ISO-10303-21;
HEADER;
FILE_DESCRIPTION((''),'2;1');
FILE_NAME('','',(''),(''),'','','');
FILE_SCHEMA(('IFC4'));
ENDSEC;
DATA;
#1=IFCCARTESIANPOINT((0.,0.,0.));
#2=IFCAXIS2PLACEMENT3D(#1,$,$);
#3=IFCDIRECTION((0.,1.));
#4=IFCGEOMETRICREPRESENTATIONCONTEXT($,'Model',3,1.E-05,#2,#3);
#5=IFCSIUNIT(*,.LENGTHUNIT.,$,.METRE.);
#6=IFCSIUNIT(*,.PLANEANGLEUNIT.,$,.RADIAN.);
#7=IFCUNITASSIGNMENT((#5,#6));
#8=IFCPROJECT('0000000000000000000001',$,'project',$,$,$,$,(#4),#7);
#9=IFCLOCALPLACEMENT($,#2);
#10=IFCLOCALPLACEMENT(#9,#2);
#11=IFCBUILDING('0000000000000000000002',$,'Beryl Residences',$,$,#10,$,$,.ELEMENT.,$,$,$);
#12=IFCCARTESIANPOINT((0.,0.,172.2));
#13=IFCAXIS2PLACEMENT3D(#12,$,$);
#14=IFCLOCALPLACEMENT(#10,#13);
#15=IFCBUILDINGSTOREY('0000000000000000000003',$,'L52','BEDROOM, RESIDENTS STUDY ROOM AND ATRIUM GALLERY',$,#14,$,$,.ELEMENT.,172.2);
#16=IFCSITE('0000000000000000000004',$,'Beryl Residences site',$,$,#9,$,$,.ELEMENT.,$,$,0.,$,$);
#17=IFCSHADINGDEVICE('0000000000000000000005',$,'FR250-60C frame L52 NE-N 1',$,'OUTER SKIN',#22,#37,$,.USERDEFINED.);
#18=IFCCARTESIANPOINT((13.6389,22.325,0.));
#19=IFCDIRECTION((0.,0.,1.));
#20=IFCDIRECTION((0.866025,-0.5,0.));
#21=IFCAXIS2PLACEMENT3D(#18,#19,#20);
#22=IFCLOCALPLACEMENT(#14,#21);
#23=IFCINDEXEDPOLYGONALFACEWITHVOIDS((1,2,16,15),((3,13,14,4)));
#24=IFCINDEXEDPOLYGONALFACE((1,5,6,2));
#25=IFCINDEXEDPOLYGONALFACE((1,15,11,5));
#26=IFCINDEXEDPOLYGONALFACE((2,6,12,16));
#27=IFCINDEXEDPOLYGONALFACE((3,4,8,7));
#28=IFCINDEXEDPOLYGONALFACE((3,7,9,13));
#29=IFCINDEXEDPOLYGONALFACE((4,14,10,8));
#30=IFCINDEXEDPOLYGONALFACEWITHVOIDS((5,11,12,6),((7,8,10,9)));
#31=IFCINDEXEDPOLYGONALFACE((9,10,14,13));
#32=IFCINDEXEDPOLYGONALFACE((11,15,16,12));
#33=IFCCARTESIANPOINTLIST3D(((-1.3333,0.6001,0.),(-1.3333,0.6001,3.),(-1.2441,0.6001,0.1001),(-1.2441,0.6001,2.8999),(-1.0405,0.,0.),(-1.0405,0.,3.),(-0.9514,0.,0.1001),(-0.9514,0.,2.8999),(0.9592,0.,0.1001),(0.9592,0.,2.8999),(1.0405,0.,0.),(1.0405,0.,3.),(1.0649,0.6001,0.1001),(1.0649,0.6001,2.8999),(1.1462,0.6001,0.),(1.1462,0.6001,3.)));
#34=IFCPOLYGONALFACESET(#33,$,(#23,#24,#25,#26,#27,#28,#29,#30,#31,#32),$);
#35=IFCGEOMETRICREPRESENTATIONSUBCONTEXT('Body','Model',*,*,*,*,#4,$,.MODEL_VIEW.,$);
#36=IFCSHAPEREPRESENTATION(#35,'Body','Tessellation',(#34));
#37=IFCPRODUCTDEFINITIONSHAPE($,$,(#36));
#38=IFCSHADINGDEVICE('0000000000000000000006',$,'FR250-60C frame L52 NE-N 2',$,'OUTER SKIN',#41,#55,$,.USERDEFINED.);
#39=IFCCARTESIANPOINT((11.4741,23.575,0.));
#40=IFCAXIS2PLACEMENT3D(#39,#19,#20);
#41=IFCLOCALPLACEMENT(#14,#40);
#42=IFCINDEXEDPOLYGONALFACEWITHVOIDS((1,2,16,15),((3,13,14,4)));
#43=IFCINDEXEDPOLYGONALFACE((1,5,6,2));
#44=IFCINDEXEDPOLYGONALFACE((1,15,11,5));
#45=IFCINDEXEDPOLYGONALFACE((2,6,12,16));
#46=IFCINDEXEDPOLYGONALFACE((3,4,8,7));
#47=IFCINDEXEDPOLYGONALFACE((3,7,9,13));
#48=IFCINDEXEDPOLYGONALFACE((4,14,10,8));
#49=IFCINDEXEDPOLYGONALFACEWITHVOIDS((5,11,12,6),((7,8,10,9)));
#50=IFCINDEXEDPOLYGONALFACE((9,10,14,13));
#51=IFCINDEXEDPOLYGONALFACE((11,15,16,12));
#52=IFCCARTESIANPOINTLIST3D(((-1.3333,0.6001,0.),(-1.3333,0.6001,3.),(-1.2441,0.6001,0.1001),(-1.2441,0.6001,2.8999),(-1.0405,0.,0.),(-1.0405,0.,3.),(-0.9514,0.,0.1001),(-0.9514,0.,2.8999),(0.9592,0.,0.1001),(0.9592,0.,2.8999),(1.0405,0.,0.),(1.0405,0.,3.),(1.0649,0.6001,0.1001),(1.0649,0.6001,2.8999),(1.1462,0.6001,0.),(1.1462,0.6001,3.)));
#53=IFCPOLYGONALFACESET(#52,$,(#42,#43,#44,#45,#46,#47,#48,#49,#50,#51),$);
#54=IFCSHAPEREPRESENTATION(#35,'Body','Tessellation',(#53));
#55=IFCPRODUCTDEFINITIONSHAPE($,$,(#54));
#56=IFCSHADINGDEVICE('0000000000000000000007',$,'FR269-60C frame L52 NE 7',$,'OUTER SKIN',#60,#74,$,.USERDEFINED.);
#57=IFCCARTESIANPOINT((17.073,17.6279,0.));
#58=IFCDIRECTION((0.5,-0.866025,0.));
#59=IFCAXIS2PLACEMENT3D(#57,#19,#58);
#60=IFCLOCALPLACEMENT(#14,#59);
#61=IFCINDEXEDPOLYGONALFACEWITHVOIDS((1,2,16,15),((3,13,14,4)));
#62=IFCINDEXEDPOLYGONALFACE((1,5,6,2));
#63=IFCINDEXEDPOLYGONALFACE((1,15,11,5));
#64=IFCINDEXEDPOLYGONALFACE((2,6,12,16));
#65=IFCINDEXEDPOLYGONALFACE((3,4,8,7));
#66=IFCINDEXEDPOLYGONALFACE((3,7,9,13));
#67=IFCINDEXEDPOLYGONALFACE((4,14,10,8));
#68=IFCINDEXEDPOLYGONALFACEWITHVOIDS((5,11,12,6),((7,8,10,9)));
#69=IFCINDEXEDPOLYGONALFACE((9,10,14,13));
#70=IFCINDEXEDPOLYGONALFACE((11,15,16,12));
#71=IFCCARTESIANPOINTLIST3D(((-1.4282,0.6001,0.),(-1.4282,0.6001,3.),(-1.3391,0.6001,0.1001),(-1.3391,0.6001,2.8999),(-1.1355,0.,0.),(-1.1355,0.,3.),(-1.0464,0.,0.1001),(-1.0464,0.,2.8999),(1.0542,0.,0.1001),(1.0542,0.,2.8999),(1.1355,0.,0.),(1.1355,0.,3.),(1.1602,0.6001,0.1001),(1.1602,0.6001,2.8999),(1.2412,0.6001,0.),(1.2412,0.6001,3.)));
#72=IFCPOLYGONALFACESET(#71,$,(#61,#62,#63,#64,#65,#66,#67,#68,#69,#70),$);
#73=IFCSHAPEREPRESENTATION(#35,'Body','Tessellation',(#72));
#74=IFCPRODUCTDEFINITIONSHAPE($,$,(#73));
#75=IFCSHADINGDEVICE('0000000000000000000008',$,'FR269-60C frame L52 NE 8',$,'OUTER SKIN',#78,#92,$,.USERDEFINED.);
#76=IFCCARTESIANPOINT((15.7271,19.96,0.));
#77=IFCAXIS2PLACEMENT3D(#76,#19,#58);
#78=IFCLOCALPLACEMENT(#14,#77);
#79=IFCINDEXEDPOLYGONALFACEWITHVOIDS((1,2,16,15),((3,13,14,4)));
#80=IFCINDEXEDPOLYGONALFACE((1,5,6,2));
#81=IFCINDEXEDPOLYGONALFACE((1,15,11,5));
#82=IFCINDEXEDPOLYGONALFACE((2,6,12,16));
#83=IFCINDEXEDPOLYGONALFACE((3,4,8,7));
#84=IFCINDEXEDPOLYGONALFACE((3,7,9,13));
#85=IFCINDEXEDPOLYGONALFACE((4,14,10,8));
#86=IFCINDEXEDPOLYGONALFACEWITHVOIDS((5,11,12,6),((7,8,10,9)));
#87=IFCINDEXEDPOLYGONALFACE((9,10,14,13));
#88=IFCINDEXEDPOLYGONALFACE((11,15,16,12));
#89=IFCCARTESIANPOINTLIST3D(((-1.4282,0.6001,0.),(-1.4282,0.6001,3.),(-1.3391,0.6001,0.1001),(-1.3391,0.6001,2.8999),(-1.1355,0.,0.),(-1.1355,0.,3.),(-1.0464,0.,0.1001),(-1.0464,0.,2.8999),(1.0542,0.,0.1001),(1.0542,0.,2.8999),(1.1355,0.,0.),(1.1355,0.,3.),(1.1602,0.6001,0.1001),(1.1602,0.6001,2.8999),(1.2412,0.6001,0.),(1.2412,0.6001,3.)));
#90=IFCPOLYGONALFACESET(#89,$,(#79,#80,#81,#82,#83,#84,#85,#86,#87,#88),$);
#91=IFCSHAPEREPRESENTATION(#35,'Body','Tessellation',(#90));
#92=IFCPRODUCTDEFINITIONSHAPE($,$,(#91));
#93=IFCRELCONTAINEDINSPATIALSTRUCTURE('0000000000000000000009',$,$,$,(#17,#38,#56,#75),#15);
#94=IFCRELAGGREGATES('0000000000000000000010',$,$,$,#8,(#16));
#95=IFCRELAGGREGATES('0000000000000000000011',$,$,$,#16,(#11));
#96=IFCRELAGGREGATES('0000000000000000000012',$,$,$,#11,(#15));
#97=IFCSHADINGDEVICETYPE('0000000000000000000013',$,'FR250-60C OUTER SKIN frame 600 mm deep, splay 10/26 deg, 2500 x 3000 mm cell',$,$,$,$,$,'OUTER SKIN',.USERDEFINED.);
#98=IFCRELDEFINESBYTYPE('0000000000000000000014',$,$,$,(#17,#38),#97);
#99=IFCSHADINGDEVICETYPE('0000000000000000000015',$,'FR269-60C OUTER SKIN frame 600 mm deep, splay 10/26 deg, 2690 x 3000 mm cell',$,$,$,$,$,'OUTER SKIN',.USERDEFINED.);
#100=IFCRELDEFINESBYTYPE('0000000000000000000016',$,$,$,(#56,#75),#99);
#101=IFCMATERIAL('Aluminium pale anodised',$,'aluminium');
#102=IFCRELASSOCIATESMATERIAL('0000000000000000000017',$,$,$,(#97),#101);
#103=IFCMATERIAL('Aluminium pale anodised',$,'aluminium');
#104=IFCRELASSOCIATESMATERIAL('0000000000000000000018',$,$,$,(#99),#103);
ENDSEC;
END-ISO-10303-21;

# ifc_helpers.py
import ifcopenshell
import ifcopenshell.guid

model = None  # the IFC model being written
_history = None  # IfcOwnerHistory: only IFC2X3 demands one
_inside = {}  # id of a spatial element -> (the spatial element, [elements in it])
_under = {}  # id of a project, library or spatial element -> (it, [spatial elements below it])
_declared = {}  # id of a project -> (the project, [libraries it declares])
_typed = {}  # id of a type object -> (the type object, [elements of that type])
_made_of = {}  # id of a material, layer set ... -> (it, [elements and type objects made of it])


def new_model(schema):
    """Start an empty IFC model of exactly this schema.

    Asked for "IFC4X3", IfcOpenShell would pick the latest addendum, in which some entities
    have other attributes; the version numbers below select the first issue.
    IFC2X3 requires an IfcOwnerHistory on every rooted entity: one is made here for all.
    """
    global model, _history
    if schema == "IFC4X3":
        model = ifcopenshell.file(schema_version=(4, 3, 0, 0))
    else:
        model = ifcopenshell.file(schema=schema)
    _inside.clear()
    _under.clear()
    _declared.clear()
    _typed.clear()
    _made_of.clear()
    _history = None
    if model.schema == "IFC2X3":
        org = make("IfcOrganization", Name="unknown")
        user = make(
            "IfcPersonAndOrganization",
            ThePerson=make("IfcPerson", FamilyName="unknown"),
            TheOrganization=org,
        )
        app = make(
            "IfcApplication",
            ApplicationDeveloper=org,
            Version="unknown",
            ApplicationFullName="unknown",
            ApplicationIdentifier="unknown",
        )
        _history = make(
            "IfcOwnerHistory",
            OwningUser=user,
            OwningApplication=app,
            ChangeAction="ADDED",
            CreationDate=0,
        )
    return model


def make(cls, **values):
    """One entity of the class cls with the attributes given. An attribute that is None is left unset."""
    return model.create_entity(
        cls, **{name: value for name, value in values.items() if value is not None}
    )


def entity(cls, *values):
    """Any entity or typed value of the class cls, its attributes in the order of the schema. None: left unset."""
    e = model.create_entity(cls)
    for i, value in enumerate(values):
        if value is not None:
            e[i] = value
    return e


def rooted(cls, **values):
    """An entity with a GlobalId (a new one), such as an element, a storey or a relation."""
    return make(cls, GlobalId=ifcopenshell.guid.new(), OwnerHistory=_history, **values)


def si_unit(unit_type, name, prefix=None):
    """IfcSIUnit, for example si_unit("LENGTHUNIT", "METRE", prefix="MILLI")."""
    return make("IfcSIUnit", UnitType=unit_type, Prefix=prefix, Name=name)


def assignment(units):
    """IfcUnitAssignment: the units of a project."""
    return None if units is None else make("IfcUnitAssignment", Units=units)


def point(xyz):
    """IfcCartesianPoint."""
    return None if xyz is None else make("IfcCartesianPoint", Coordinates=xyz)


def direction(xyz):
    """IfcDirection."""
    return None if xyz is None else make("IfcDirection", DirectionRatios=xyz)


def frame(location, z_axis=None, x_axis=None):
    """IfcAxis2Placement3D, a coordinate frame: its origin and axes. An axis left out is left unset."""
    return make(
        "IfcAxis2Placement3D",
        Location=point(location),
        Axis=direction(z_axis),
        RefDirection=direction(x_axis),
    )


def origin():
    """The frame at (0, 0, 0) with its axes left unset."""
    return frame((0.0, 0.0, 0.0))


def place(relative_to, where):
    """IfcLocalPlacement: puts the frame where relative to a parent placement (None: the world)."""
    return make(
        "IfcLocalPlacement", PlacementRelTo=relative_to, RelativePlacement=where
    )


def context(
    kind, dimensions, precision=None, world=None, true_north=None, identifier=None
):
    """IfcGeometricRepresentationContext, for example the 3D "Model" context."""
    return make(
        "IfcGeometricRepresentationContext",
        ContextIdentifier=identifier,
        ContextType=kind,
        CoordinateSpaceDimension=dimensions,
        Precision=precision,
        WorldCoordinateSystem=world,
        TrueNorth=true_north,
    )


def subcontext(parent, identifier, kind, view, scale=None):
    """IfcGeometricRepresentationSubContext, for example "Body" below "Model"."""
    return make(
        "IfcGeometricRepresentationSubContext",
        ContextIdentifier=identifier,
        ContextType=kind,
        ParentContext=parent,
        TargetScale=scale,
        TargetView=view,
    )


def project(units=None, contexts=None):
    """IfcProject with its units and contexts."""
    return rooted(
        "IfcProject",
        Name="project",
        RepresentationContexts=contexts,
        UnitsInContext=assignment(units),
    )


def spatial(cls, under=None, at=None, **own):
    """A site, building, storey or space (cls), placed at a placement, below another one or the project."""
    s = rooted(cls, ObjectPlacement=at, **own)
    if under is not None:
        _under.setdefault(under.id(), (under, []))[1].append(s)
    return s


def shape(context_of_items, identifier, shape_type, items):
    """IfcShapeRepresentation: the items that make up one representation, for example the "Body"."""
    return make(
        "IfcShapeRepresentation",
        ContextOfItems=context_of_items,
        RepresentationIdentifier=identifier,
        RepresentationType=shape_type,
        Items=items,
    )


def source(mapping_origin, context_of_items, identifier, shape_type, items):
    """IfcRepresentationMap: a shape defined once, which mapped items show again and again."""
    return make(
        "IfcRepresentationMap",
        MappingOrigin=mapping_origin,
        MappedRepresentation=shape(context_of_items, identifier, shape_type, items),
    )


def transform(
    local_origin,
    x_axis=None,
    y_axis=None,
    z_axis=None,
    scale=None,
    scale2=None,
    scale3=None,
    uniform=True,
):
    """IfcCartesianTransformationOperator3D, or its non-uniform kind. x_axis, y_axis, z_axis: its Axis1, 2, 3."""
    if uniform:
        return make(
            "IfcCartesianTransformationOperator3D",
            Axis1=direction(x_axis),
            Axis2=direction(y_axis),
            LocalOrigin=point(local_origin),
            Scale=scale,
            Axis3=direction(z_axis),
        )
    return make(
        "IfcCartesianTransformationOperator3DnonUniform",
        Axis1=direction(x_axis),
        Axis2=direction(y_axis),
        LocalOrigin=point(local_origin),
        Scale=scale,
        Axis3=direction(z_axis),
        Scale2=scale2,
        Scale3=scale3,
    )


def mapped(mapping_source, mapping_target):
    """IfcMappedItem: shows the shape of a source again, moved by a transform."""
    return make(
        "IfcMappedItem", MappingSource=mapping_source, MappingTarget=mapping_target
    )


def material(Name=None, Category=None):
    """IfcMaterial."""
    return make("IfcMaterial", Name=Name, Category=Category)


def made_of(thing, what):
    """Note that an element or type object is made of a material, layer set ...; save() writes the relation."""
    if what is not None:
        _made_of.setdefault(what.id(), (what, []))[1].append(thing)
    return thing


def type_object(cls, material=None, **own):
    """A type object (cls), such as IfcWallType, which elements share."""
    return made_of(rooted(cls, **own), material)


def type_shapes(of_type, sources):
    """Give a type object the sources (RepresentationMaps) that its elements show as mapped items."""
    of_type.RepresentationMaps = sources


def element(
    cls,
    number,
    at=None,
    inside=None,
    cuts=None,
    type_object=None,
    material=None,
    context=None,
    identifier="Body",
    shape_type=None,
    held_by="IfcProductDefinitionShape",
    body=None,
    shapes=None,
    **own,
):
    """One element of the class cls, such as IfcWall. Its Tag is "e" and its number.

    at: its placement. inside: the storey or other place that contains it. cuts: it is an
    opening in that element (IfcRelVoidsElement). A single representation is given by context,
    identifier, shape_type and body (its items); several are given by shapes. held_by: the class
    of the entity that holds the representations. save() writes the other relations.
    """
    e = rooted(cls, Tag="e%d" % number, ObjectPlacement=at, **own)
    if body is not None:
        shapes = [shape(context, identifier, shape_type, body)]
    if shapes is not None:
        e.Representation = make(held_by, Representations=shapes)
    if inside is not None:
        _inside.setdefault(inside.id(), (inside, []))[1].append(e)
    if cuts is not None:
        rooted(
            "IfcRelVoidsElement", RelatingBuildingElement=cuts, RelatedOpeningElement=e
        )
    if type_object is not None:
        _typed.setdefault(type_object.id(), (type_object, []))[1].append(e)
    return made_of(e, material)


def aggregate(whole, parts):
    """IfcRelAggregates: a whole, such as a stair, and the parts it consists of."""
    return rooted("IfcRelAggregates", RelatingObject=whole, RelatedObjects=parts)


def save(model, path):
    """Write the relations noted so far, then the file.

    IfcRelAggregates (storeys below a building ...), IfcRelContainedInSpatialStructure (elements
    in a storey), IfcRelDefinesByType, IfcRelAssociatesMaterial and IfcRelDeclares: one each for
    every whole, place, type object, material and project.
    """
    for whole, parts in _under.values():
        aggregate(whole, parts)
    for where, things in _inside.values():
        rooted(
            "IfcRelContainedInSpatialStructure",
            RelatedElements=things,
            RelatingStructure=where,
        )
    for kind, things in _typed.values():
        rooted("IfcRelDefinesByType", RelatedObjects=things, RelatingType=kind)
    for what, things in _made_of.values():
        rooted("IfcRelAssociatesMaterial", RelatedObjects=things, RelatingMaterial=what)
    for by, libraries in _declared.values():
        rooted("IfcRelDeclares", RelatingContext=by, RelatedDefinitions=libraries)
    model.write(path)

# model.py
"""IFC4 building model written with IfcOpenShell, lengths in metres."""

from ifc_helpers import new_model, entity, si_unit, direction, frame, origin, place, context, subcontext, project, spatial, source, transform, mapped, material, type_object, type_shapes, element, save


model = new_model("IFC4")

# Units and contexts
model_context = context("Model", 3, precision=1e-05, world=origin(), true_north=direction((0.0, 1.0)))
body_context = subcontext(model_context, "Body", "Model", "MODEL_VIEW")
ifc_project = project(units=[si_unit("LENGTHUNIT", "METRE"), si_unit("PLANEANGLEUNIT", "RADIAN")], contexts=[model_context])

# Site, building, storey
site_placement = place(None, origin())
site = spatial("IfcSite", under=ifc_project, at=site_placement, Name="Beryl Residences site", CompositionType="ELEMENT", RefElevation=0.0)
building_placement = place(site_placement, origin())
building = spatial("IfcBuilding", under=site, at=building_placement, Name="Beryl Residences", CompositionType="ELEMENT")
storey_placement = place(building_placement, frame((0.0, 0.0, 172.2)))
storey = spatial("IfcBuildingStorey", under=building, at=storey_placement, Name="L52", Description="BEDROOM, RESIDENTS STUDY ROOM AND ATRIUM GALLERY", CompositionType="ELEMENT", Elevation=172.2)

# Shading devices
ifc_material_1 = material(Name="Aluminium pale anodised", Category="aluminium")
shading_device_type_1 = type_object("IfcShadingDeviceType", Name="FR250-60C OUTER SKIN frame 600 mm deep, splay 10/26 deg, 2500 x 3000 mm cell", ElementType="OUTER SKIN", PredefinedType="USERDEFINED", material=ifc_material_1)
cartesian_point_1 = entity("IfcCartesianPoint", [-1.0405, 0.0])
cartesian_point_2 = entity("IfcCartesianPoint", [-0.9592, 0.1001])
cartesian_point_3 = entity("IfcCartesianPoint", [-1.1462, 0.0])
cartesian_point_4 = entity("IfcCartesianPoint", [-1.0649, 0.1001])
shared_shape_1 = source(origin(), body_context, "Body", "SweptSolid", [
    entity("IfcExtrudedAreaSolidTapered", entity("IfcArbitraryProfileDefWithVoids", "AREA", None, entity("IfcPolyline", [cartesian_point_1, entity("IfcCartesianPoint", [1.0405, 0.0]), entity("IfcCartesianPoint", [1.0405, 3.0]), entity("IfcCartesianPoint", [-1.0405, 3.0]), cartesian_point_1]), [entity("IfcPolyline", [cartesian_point_2, entity("IfcCartesianPoint", [0.9514, 0.1001]), entity("IfcCartesianPoint", [0.9514, 2.8999]), entity("IfcCartesianPoint", [-0.9592, 2.8999]), cartesian_point_2])]), entity("IfcAxis2Placement3D", entity("IfcCartesianPoint", [0.0, 0.0, 0.0]), entity("IfcDirection", [0.0, 1.0, 0.0]), entity("IfcDirection", [-1.0, 0.0, 0.0])), entity("IfcDirection", [0.0, 0.0, 1.0]), 0.6001, entity("IfcArbitraryProfileDefWithVoids", "AREA", None, entity("IfcPolyline", [cartesian_point_3, entity("IfcCartesianPoint", [1.3333, 0.0]), entity("IfcCartesianPoint", [1.3333, 3.0]), entity("IfcCartesianPoint", [-1.1462, 3.0]), cartesian_point_3]), [entity("IfcPolyline", [cartesian_point_4, entity("IfcCartesianPoint", [1.2441, 0.1001]), entity("IfcCartesianPoint", [1.2441, 2.8999]), entity("IfcCartesianPoint", [-1.0649, 2.8999]), cartesian_point_4])])),
])
type_shapes(shading_device_type_1, [shared_shape_1])
for number, where, z_axis, x_axis, name in (
    (1, (13.6389, 22.325, 0.0), (0.0, 0.0, 1.0), (0.866025, -0.5, 0.0), "FR250-60C frame L52 NE-N 1"),
    (2, (11.4741, 23.575, 0.0), (0.0, 0.0, 1.0), (0.866025, -0.5, 0.0), "FR250-60C frame L52 NE-N 2"),
):
    element("IfcShadingDevice", number, at=place(storey_placement, frame(where, z_axis=z_axis, x_axis=x_axis)), inside=storey, type_object=shading_device_type_1, Name=name, ObjectType="OUTER SKIN", PredefinedType="USERDEFINED", context=body_context, shape_type="MappedRepresentation", body=[
        mapped(shared_shape_1, transform((0.0, 0.0, 0.0))),
    ])
ifc_material_2 = material(Name="Aluminium pale anodised", Category="aluminium")
shading_device_type_2 = type_object("IfcShadingDeviceType", Name="FR269-60C OUTER SKIN frame 600 mm deep, splay 10/26 deg, 2690 x 3000 mm cell", ElementType="OUTER SKIN", PredefinedType="USERDEFINED", material=ifc_material_2)
cartesian_point_5 = entity("IfcCartesianPoint", [-1.1355, 0.0])
cartesian_point_6 = entity("IfcCartesianPoint", [-1.0542, 0.1001])
cartesian_point_7 = entity("IfcCartesianPoint", [-1.2412, 0.0])
cartesian_point_8 = entity("IfcCartesianPoint", [-1.1602, 0.1001])
shared_shape_2 = source(origin(), body_context, "Body", "SweptSolid", [
    entity("IfcExtrudedAreaSolidTapered", entity("IfcArbitraryProfileDefWithVoids", "AREA", None, entity("IfcPolyline", [cartesian_point_5, entity("IfcCartesianPoint", [1.1355, 0.0]), entity("IfcCartesianPoint", [1.1355, 3.0]), entity("IfcCartesianPoint", [-1.1355, 3.0]), cartesian_point_5]), [entity("IfcPolyline", [cartesian_point_6, entity("IfcCartesianPoint", [1.0464, 0.1001]), entity("IfcCartesianPoint", [1.0464, 2.8999]), entity("IfcCartesianPoint", [-1.0542, 2.8999]), cartesian_point_6])]), entity("IfcAxis2Placement3D", entity("IfcCartesianPoint", [0.0, 0.0, 0.0]), entity("IfcDirection", [0.0, 1.0, 0.0]), entity("IfcDirection", [-1.0, 0.0, 0.0])), entity("IfcDirection", [0.0, 0.0, 1.0]), 0.6001, entity("IfcArbitraryProfileDefWithVoids", "AREA", None, entity("IfcPolyline", [cartesian_point_7, entity("IfcCartesianPoint", [1.4282, 0.0]), entity("IfcCartesianPoint", [1.4282, 3.0]), entity("IfcCartesianPoint", [-1.2412, 3.0]), cartesian_point_7]), [entity("IfcPolyline", [cartesian_point_8, entity("IfcCartesianPoint", [1.3391, 0.1001]), entity("IfcCartesianPoint", [1.3391, 2.8999]), entity("IfcCartesianPoint", [-1.1602, 2.8999]), cartesian_point_8])])),
])
type_shapes(shading_device_type_2, [shared_shape_2])
for number, where, z_axis, x_axis, name in (
    (3, (17.073, 17.6279, 0.0), (0.0, 0.0, 1.0), (0.5, -0.866025, 0.0), "FR269-60C frame L52 NE 7"),
    (4, (15.7271, 19.96, 0.0), (0.0, 0.0, 1.0), (0.5, -0.866025, 0.0), "FR269-60C frame L52 NE 8"),
):
    element("IfcShadingDevice", number, at=place(storey_placement, frame(where, z_axis=z_axis, x_axis=x_axis)), inside=storey, type_object=shading_device_type_2, Name=name, ObjectType="OUTER SKIN", PredefinedType="USERDEFINED", context=body_context, shape_type="MappedRepresentation", body=[
        mapped(shared_shape_2, transform((0.0, 0.0, 0.0))),
    ])

save(model, "model.ifc")
